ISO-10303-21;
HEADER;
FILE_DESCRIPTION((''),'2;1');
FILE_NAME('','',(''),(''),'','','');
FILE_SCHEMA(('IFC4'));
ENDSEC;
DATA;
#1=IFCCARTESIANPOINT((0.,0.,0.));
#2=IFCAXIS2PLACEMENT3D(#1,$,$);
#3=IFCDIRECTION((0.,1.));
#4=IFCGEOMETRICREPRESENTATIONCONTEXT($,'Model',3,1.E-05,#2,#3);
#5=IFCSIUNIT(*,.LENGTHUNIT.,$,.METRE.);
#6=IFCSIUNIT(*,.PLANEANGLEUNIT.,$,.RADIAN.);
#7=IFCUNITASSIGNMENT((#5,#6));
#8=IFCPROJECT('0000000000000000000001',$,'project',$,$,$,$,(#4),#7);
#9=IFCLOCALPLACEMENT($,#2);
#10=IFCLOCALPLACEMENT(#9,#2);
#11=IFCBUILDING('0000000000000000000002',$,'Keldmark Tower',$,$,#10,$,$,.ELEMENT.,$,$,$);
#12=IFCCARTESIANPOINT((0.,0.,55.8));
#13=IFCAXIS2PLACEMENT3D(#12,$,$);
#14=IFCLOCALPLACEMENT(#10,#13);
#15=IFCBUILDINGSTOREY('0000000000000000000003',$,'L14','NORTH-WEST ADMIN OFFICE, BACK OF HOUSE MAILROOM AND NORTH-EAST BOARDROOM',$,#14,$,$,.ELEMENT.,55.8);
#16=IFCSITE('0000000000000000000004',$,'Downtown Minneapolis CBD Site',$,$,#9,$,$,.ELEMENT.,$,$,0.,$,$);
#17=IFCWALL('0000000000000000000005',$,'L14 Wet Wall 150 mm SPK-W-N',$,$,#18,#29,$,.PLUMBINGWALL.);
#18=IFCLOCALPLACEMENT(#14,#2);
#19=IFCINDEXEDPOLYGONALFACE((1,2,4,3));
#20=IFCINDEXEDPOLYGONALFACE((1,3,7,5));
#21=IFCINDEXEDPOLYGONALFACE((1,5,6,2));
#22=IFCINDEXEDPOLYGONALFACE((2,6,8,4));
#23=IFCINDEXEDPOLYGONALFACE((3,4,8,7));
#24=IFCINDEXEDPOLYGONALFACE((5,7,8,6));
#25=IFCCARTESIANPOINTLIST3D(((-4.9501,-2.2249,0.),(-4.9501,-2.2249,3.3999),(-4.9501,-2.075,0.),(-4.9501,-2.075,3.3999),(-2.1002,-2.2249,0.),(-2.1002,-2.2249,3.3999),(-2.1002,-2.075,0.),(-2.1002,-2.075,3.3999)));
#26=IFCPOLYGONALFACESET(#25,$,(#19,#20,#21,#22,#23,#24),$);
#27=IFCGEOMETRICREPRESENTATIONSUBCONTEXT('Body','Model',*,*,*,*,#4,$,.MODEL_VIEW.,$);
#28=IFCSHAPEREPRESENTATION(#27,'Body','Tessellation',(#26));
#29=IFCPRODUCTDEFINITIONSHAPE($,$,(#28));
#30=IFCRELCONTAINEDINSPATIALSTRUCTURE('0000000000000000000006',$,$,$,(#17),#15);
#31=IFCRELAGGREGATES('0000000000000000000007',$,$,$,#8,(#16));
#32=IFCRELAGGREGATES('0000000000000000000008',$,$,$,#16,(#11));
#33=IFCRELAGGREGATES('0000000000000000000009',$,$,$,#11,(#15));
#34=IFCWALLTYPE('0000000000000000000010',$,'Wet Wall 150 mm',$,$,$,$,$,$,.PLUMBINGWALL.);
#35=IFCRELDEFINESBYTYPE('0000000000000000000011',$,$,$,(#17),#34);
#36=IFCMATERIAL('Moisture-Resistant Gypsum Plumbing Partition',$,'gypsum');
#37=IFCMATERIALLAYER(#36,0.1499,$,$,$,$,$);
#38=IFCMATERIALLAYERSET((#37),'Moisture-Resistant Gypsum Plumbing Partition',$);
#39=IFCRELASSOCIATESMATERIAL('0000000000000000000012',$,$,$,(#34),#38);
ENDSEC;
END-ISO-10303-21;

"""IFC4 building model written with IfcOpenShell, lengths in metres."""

from ifc_helpers import new_model, si_unit, direction, frame, frame_2d, origin, place, context, subcontext, project, spatial, rectangle, extrude, material, layer, layer_set, type_object, element, save


model = new_model("IFC4")

# Units and contexts
model_context = context("Model", 3, precision=1e-05, world=origin(), true_north=direction((0.0, 1.0)))
body_context = subcontext(model_context, "Body", "Model", "MODEL_VIEW")
ifc_project = project(units=[si_unit("LENGTHUNIT", "METRE"), si_unit("PLANEANGLEUNIT", "RADIAN")], contexts=[model_context])

# Site, building, storey
site_placement = place(None, origin())
site = spatial("IfcSite", under=ifc_project, at=site_placement, Name="Downtown Minneapolis CBD Site", CompositionType="ELEMENT", RefElevation=0.0)
building_placement = place(site_placement, origin())
building = spatial("IfcBuilding", under=site, at=building_placement, Name="Keldmark Tower", CompositionType="ELEMENT")
storey_placement = place(building_placement, frame((0.0, 0.0, 55.8)))
storey = spatial("IfcBuildingStorey", under=building, at=storey_placement, Name="L14", Description="NORTH-WEST ADMIN OFFICE, BACK OF HOUSE MAILROOM AND NORTH-EAST BOARDROOM", CompositionType="ELEMENT", Elevation=55.8)

# Wall
ifc_material_1 = material(Name="Moisture-Resistant Gypsum Plumbing Partition", Category="gypsum")
ifc_layer_1 = layer(ifc_material_1, 0.1499)
ifc_layer_set_1 = layer_set([ifc_layer_1], Name="Moisture-Resistant Gypsum Plumbing Partition")
wall_type_1 = type_object("IfcWallType", Name="Wet Wall 150 mm", PredefinedType="PLUMBINGWALL", material=ifc_layer_set_1)
wall_1_placement = place(storey_placement, frame((-4.95, -2.1499, 0.0), z_axis=(0.0, 0.0, 1.0), x_axis=(1.0, 0.0, 0.0)))
element("IfcWall", 1, at=wall_1_placement, inside=storey, type_object=wall_type_1, Name="L14 Wet Wall 150 mm SPK-W-N", PredefinedType="PLUMBINGWALL", context=body_context, shape_type="SweptSolid", body=[
    extrude(rectangle(XDim=2.8499, YDim=0.1499, at=frame_2d((1.4248, 0.0))), origin(), (0.0, 0.0, 1.0), 3.3999),
])

save(model, "model.ifc")
